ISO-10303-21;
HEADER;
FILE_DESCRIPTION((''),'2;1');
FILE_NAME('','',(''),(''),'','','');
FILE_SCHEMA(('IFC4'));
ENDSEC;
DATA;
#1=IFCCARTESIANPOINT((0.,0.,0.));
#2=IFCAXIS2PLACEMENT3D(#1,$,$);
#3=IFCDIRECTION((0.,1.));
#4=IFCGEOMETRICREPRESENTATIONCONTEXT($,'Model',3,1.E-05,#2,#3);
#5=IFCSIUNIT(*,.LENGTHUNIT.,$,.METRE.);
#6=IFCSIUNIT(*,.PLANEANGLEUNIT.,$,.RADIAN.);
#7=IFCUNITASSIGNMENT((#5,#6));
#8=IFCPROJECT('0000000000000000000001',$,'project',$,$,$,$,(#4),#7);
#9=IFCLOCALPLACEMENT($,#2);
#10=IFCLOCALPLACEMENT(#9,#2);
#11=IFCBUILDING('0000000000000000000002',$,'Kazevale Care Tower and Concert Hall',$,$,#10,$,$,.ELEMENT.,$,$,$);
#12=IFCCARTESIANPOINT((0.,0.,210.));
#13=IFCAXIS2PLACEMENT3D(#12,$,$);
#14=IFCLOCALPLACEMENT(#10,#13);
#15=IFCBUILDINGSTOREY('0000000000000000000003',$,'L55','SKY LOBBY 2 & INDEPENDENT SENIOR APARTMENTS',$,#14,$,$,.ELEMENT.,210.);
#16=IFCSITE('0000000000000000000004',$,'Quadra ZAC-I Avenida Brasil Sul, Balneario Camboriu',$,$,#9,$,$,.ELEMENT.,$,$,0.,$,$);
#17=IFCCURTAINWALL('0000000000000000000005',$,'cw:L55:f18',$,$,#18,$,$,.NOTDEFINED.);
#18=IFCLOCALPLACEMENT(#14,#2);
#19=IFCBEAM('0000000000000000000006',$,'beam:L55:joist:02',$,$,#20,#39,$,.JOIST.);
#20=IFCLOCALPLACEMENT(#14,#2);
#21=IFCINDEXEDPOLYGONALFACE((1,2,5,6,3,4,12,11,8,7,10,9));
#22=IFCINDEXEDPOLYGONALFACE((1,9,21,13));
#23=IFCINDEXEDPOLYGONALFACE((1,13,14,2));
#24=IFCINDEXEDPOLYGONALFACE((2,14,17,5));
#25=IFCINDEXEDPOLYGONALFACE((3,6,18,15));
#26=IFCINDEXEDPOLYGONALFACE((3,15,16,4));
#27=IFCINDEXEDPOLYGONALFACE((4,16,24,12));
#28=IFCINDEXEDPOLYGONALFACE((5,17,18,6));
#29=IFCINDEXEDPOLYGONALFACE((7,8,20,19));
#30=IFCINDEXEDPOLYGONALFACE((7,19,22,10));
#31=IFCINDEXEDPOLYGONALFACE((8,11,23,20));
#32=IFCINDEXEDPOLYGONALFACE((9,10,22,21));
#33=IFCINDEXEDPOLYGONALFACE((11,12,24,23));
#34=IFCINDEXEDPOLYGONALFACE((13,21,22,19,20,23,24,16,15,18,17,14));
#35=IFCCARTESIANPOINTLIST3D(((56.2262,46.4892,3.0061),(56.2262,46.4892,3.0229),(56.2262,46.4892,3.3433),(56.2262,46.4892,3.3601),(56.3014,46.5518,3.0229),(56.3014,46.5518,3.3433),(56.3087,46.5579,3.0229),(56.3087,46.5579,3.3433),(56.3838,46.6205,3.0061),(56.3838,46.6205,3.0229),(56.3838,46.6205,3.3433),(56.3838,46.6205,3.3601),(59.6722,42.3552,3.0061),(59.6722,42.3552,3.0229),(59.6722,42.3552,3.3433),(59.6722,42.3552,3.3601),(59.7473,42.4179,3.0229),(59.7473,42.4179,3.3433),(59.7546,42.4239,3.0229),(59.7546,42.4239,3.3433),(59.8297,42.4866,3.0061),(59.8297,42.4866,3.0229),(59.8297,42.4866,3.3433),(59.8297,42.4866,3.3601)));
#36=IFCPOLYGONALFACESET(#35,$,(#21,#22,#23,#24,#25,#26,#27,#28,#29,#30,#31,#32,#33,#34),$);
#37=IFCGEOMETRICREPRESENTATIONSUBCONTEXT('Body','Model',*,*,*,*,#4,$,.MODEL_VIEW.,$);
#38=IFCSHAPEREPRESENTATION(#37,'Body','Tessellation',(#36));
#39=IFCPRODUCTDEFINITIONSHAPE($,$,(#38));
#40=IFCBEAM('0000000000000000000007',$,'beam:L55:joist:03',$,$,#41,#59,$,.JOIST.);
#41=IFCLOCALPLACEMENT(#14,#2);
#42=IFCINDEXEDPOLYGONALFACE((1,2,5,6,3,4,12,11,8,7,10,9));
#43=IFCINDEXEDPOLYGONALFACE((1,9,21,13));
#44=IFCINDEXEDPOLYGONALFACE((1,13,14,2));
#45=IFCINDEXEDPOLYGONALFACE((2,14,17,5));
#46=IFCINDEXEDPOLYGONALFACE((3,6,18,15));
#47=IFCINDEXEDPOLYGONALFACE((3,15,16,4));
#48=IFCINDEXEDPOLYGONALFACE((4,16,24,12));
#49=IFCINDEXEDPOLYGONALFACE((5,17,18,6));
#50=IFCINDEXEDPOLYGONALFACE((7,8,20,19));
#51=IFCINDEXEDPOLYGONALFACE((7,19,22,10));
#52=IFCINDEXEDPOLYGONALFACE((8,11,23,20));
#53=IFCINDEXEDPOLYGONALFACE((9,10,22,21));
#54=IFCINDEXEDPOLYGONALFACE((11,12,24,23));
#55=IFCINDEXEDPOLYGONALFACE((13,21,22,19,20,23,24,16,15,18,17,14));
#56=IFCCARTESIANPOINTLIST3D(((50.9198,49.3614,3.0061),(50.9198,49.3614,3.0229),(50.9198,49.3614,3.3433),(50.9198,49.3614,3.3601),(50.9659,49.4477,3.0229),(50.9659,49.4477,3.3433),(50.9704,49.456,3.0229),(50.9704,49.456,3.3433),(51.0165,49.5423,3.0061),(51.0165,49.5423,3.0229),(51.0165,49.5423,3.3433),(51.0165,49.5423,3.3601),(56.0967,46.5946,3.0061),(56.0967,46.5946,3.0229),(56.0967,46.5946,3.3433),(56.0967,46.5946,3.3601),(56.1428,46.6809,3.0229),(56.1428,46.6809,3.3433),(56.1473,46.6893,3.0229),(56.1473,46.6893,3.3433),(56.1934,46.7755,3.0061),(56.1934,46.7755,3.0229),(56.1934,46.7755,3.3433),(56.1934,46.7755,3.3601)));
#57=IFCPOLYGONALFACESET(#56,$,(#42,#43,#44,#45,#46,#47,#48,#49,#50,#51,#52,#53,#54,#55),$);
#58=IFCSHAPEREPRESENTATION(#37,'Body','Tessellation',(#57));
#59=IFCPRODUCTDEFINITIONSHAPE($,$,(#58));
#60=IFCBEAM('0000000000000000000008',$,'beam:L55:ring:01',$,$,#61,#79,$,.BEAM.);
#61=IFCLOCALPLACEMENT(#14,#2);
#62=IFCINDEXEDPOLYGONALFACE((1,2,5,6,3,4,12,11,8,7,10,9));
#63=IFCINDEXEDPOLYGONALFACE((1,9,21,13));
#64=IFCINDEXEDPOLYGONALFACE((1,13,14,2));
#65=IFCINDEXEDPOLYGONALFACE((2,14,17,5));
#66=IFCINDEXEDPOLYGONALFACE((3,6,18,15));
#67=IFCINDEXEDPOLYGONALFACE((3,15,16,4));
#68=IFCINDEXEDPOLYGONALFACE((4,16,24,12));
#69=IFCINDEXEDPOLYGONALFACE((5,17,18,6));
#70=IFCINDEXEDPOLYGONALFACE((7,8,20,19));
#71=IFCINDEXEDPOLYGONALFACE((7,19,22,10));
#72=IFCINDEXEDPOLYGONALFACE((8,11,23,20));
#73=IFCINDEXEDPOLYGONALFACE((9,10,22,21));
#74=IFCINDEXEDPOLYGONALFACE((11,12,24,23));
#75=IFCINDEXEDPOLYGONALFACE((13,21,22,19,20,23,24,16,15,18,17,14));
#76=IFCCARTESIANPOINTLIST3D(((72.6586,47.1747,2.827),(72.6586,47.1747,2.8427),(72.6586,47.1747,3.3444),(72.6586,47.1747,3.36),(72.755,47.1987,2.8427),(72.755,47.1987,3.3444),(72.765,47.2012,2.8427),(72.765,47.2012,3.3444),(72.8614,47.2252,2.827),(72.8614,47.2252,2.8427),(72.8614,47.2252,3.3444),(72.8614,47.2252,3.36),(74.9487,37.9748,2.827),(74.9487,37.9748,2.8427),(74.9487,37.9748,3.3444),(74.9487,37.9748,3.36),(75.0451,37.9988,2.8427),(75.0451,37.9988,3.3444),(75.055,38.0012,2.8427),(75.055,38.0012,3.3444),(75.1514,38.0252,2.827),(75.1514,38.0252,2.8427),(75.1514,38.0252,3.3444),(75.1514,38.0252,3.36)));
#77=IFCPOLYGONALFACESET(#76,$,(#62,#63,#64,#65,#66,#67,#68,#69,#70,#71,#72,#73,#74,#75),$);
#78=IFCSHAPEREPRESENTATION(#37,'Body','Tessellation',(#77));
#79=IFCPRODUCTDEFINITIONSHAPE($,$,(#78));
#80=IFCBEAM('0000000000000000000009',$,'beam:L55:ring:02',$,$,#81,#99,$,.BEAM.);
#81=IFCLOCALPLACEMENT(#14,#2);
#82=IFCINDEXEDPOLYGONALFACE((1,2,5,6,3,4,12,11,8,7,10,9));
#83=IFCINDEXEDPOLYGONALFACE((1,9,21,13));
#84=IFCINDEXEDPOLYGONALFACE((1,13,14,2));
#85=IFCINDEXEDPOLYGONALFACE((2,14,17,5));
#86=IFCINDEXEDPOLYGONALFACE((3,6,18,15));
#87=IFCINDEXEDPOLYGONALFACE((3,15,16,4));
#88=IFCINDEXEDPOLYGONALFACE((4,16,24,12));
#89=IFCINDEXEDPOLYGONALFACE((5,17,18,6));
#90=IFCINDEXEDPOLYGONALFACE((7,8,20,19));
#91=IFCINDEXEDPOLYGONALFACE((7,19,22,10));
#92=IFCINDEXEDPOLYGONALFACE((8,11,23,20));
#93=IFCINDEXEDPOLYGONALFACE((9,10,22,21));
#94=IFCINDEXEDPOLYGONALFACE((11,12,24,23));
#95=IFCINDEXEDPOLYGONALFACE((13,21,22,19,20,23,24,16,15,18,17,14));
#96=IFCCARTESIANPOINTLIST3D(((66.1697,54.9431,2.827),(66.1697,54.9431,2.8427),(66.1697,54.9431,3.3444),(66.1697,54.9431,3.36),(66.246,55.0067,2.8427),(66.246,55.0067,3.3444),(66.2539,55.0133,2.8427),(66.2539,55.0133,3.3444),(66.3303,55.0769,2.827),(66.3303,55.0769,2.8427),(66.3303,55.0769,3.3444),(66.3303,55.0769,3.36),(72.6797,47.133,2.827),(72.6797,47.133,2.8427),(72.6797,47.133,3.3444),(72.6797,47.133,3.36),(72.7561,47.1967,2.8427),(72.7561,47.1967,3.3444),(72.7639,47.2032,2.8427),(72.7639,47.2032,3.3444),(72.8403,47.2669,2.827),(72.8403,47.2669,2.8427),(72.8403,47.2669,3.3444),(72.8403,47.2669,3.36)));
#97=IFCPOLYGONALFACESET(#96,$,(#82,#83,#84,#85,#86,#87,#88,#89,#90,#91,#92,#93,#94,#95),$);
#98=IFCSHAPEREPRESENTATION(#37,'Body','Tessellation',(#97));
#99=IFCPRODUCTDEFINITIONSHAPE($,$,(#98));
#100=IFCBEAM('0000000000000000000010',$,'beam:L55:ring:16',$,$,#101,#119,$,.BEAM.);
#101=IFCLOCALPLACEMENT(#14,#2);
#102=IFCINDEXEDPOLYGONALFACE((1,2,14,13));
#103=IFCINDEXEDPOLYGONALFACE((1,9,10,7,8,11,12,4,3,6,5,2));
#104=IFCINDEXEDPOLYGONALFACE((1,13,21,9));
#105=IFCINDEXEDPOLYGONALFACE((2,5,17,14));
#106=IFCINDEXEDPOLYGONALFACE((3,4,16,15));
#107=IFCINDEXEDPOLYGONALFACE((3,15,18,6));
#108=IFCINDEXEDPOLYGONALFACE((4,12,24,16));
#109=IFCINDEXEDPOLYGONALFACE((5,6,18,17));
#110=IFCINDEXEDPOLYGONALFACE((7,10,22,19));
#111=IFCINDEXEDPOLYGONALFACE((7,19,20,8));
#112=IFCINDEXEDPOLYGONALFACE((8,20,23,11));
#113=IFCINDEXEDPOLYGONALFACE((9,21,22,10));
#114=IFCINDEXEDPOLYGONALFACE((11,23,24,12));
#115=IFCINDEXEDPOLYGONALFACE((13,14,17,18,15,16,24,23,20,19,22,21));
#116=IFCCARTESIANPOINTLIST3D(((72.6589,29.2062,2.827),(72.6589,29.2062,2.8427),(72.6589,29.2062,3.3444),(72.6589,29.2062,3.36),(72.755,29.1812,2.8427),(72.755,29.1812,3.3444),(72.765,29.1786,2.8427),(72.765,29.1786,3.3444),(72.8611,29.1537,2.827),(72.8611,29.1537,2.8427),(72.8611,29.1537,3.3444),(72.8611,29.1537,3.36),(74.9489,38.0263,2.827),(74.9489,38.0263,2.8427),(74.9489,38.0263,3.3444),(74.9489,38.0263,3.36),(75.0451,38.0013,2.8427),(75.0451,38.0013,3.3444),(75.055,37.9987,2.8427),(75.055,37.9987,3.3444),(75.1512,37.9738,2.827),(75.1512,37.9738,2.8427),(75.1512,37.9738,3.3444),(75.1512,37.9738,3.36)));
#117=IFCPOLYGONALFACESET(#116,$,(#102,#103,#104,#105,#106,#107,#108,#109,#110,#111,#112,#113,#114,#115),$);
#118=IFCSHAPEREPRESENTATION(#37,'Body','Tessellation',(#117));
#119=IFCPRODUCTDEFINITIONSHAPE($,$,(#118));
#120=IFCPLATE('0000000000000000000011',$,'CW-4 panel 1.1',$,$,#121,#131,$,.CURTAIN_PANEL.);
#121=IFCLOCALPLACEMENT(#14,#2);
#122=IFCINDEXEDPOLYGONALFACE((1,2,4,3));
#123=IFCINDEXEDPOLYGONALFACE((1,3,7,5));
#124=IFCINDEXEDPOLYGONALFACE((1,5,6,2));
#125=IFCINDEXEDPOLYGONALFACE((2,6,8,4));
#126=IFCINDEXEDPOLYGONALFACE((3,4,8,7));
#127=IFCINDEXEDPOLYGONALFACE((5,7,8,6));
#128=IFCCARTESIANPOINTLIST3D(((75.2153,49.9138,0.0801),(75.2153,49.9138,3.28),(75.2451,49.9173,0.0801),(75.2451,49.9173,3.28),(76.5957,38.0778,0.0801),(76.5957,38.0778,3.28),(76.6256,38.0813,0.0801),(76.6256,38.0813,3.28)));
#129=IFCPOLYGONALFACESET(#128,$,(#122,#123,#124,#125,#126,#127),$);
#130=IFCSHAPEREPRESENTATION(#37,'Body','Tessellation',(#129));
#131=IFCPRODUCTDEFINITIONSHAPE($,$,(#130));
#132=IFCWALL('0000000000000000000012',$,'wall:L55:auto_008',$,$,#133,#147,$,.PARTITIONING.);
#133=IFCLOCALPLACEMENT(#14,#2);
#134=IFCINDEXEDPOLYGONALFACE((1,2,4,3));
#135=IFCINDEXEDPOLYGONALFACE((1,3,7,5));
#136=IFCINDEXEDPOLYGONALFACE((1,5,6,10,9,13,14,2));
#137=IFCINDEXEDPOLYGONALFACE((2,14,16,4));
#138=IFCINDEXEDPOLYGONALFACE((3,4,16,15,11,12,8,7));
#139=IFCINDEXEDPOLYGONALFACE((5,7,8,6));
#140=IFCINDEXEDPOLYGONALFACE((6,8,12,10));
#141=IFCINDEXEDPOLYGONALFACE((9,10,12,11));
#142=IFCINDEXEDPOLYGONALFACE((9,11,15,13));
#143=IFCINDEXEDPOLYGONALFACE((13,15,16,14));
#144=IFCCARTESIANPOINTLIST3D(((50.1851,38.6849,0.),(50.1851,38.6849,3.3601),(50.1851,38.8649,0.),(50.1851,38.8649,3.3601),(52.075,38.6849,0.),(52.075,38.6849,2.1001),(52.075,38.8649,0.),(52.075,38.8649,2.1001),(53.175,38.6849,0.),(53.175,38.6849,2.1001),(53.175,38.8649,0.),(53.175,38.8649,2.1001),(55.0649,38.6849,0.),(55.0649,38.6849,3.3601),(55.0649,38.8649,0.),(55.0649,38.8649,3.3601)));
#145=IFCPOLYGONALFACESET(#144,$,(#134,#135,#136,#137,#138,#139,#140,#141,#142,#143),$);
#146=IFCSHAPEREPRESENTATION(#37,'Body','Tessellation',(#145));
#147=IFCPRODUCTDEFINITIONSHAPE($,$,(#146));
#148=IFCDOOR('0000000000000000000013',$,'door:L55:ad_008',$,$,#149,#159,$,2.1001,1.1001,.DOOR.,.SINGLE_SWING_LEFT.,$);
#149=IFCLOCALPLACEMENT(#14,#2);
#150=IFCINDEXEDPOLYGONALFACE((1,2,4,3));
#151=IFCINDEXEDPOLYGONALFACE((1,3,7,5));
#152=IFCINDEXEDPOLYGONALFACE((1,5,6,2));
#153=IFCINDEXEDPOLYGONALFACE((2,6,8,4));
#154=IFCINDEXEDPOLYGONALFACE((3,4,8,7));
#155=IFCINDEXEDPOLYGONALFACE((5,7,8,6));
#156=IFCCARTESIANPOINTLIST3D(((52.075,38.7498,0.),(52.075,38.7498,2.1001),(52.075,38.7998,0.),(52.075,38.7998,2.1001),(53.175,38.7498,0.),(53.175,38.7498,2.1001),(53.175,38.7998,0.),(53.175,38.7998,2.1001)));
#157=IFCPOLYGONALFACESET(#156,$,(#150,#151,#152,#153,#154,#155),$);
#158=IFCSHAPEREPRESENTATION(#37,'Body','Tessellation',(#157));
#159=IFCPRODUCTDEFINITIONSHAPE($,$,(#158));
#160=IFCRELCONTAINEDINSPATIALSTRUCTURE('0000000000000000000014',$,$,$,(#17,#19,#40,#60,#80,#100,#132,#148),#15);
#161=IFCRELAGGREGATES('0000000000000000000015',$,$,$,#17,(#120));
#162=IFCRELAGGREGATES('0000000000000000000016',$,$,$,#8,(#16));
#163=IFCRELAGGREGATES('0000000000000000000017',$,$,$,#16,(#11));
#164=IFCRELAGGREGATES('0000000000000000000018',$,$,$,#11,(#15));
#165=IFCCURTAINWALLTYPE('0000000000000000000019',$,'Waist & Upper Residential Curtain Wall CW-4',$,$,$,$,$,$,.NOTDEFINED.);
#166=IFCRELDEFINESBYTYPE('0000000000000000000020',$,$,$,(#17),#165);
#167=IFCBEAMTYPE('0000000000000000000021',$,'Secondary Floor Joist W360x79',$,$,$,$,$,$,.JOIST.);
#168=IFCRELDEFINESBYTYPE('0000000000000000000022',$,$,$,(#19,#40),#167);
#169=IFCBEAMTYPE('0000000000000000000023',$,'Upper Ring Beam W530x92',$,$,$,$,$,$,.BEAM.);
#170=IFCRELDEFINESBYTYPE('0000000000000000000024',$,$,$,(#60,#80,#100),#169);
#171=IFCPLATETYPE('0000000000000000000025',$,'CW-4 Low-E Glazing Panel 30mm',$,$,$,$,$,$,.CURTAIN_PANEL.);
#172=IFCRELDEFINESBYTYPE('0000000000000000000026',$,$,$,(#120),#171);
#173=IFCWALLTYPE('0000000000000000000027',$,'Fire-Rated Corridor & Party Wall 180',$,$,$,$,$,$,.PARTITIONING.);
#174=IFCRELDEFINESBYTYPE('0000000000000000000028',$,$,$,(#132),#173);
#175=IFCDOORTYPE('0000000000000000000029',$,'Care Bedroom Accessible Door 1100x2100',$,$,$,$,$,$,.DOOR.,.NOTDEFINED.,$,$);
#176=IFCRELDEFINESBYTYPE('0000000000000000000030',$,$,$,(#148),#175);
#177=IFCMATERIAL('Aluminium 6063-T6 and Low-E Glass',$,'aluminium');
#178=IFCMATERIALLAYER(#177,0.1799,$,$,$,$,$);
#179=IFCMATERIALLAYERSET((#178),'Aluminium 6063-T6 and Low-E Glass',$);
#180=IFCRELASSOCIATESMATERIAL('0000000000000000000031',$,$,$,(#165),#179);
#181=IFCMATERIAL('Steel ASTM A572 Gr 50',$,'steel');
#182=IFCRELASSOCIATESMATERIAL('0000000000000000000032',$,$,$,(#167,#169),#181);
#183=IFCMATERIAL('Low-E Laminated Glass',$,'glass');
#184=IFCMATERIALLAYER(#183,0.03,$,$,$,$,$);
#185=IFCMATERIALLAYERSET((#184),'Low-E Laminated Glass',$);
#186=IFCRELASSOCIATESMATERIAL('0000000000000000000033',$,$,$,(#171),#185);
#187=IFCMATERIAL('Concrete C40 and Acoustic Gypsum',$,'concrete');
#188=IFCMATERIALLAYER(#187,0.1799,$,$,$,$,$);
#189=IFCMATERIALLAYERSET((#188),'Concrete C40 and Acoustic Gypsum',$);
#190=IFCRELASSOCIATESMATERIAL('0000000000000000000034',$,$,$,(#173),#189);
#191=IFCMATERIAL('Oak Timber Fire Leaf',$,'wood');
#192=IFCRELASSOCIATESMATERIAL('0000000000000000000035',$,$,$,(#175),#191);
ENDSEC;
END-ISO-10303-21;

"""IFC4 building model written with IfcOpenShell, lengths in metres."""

from ifc_helpers import new_model, si_unit, direction, frame, frame_2d, origin, origin_2d, place, context, subcontext, project, spatial, rectangle, i_section, extrude, material, layer, layer_set, material_profile, profile_set, type_object, element, fill, aggregate, save


model = new_model("IFC4")

# Units and contexts
model_context = context("Model", 3, precision=1e-05, world=origin(), true_north=direction((0.0, 1.0)))
body_context = subcontext(model_context, "Body", "Model", "MODEL_VIEW")
ifc_project = project(units=[si_unit("LENGTHUNIT", "METRE"), si_unit("PLANEANGLEUNIT", "RADIAN")], contexts=[model_context])

# Site, building, storey
site_placement = place(None, origin())
site = spatial("IfcSite", under=ifc_project, at=site_placement, Name="Quadra ZAC-I Avenida Brasil Sul, Balneario Camboriu", CompositionType="ELEMENT", RefElevation=0.0)
building_placement = place(site_placement, origin())
building = spatial("IfcBuilding", under=site, at=building_placement, Name="Kazevale Care Tower and Concert Hall", CompositionType="ELEMENT")
storey_placement = place(building_placement, frame((0.0, 0.0, 210.0)))
storey = spatial("IfcBuildingStorey", under=building, at=storey_placement, Name="L55", Description="SKY LOBBY 2 & INDEPENDENT SENIOR APARTMENTS", CompositionType="ELEMENT", Elevation=210.0)

# Curtain wall
ifc_material_1 = material(Name="Aluminium 6063-T6 and Low-E Glass", Category="aluminium")
ifc_layer_1 = layer(ifc_material_1, 0.1799)
ifc_layer_set_1 = layer_set([ifc_layer_1], Name="Aluminium 6063-T6 and Low-E Glass")
curtain_wall_type = type_object("IfcCurtainWallType", Name="Waist & Upper Residential Curtain Wall CW-4", PredefinedType="NOTDEFINED", material=ifc_layer_set_1)
curtain_wall_placement = place(storey_placement, origin())
curtain_wall = element("IfcCurtainWall", 1, at=curtain_wall_placement, inside=storey, type_object=curtain_wall_type, Name="cw:L55:f18", PredefinedType="NOTDEFINED")

# Beams
ifc_material_2 = material(Name="Steel ASTM A572 Gr 50", Category="steel")
ifc_material_profile_1 = material_profile(ifc_material_2, i_section(OverallWidth=0.2051, OverallDepth=0.354, WebThickness=0.0095, FlangeThickness=0.0168, at=origin_2d()), Name="W360x79")
ifc_profile_set_1 = profile_set([ifc_material_profile_1], Name="Steel ASTM A572 Gr 50")
beam_type_1 = type_object("IfcBeamType", Name="Secondary Floor Joist W360x79", PredefinedType="JOIST", material=ifc_profile_set_1)
beam_1_placement = place(storey_placement, frame((59.751, 42.4209, 3.1831), z_axis=(-0.640296, 0.768128, 0.0), x_axis=(-0.768128, -0.640296, 0.0)))
element("IfcBeam", 2, at=beam_1_placement, inside=storey, type_object=beam_type_1, Name="beam:L55:joist:02", PredefinedType="JOIST", context=body_context, shape_type="SweptSolid", body=[
    extrude(i_section(OverallWidth=0.2051, OverallDepth=0.354, WebThickness=0.0095, FlangeThickness=0.0168, at=origin_2d()), origin(), (0.0, 0.0, 1.0), 5.3818),
])
beam_2_placement = place(storey_placement, frame((56.145, 46.6851, 3.1831), z_axis=(-0.881944, 0.471354, 0.0), x_axis=(-0.471354, -0.881944, 0.0)))
element("IfcBeam", 3, at=beam_2_placement, inside=storey, type_object=beam_type_1, Name="beam:L55:joist:03", PredefinedType="JOIST", context=body_context, shape_type="SweptSolid", body=[
    extrude(i_section(OverallWidth=0.2051, OverallDepth=0.354, WebThickness=0.0095, FlangeThickness=0.0168, at=origin_2d()), origin(), (0.0, 0.0, 1.0), 5.8699),
])
ifc_material_profile_2 = material_profile(ifc_material_2, i_section(OverallWidth=0.209, OverallDepth=0.533, WebThickness=0.0103, FlangeThickness=0.0156, at=origin_2d()), Name="W530x92")
ifc_profile_set_2 = profile_set([ifc_material_profile_2], Name="Steel ASTM A572 Gr 50")
beam_type_2 = type_object("IfcBeamType", Name="Upper Ring Beam W530x92", PredefinedType="BEAM", material=ifc_profile_set_2)
beam_3_placement = place(storey_placement, frame((75.05, 38.0, 3.0935), z_axis=(-0.241548, 0.970389, 0.0), x_axis=(-0.970389, -0.241548, 0.0)))
element("IfcBeam", 4, at=beam_3_placement, inside=storey, type_object=beam_type_2, Name="beam:L55:ring:01", PredefinedType="BEAM", context=body_context, shape_type="SweptSolid", body=[
    extrude(i_section(OverallWidth=0.209, OverallDepth=0.533, WebThickness=0.0103, FlangeThickness=0.0156, at=origin_2d()), origin(), (0.0, 0.0, 1.0), 9.4807),
])
beam_4_placement = place(storey_placement, frame((72.76, 47.2, 3.0935), z_axis=(-0.640279, 0.768143, 0.0), x_axis=(-0.768143, -0.640279, 0.0)))
element("IfcBeam", 5, at=beam_4_placement, inside=storey, type_object=beam_type_2, Name="beam:L55:ring:02", PredefinedType="BEAM", context=body_context, shape_type="SweptSolid", body=[
    extrude(i_section(OverallWidth=0.209, OverallDepth=0.533, WebThickness=0.0103, FlangeThickness=0.0156, at=origin_2d()), origin(), (0.0, 0.0, 1.0), 10.1675),
])
beam_5_placement = place(storey_placement, frame((72.76, 29.1799, 3.0935), z_axis=(0.251307, 0.967907, 0.0), x_axis=(-0.967907, 0.251307, 0.0)))
element("IfcBeam", 6, at=beam_5_placement, inside=storey, type_object=beam_type_2, Name="beam:L55:ring:16", PredefinedType="BEAM", context=body_context, shape_type="SweptSolid", body=[
    extrude(i_section(OverallWidth=0.209, OverallDepth=0.533, WebThickness=0.0103, FlangeThickness=0.0156, at=origin_2d()), origin(), (0.0, 0.0, 1.0), 9.1125),
])

# Plate
ifc_material_3 = material(Name="Low-E Laminated Glass", Category="glass")
ifc_layer_2 = layer(ifc_material_3, 0.03)
ifc_layer_set_2 = layer_set([ifc_layer_2], Name="Low-E Laminated Glass")
plate_type = type_object("IfcPlateType", Name="CW-4 Low-E Glazing Panel 30mm", PredefinedType="CURTAIN_PANEL", material=ifc_layer_set_2)
plate_placement = place(storey_placement, frame((75.9204, 43.9976, 0.0801), z_axis=(0.0, 0.0, 1.0), x_axis=(0.115847, -0.993267, 0.0)))
plate = element("IfcPlate", 7, at=plate_placement, type_object=plate_type, Name="CW-4 panel 1.1", PredefinedType="CURTAIN_PANEL", context=body_context, shape_type="SweptSolid", body=[
    extrude(rectangle(XDim=11.9163, YDim=0.03, at=origin_2d()), origin(), (0.0, 0.0, 1.0), 3.2),
])
aggregate(curtain_wall, [plate])

# Wall, opening, door
ifc_material_4 = material(Name="Concrete C40 and Acoustic Gypsum", Category="concrete")
ifc_layer_3 = layer(ifc_material_4, 0.1799)
ifc_layer_set_3 = layer_set([ifc_layer_3], Name="Concrete C40 and Acoustic Gypsum")
wall_type_1 = type_object("IfcWallType", Name="Fire-Rated Corridor & Party Wall 180", PredefinedType="PARTITIONING", material=ifc_layer_set_3)
wall_1_placement = place(storey_placement, frame((50.1851, 38.7749, 0.0), z_axis=(0.0, 0.0, 1.0), x_axis=(1.0, 0.0, 0.0)))
wall_1 = element("IfcWall", 8, at=wall_1_placement, inside=storey, type_object=wall_type_1, Name="wall:L55:auto_008", PredefinedType="PARTITIONING", context=body_context, shape_type="SweptSolid", body=[
    extrude(rectangle(XDim=4.8799, YDim=0.1799, at=frame_2d((2.4399, 0.0))), origin(), (0.0, 0.0, 1.0), 3.3601),
])
opening_1_placement = place(wall_1_placement, frame((1.8899, 0.0, 0.0)))
opening_1 = element("IfcOpeningElement", 9, at=opening_1_placement, cuts=wall_1, PredefinedType="OPENING", context=body_context, shape_type="SweptSolid", body=[
    extrude(rectangle(XDim=1.1001, YDim=2.1001, at=frame_2d((0.55, 1.05))), frame((0.0, 0.0999, 0.0), z_axis=(0.0, -1.0, 0.0), x_axis=(1.0, 0.0, 0.0)), (0.0, 0.0, 1.0), 0.2),
])
ifc_material_5 = material(Name="Oak Timber Fire Leaf", Category="wood")
door_type = type_object("IfcDoorType", Name="Care Bedroom Accessible Door 1100x2100", OperationType="NOTDEFINED", PredefinedType="DOOR", material=ifc_material_5)
door_1_placement = place(opening_1_placement, origin())
door_1 = element("IfcDoor", 10, at=door_1_placement, inside=storey, type_object=door_type, Name="door:L55:ad_008", OperationType="SINGLE_SWING_LEFT", OverallHeight=2.1001, OverallWidth=1.1001, PredefinedType="DOOR", context=body_context, shape_type="SweptSolid", body=[
    extrude(rectangle(XDim=1.1001, YDim=2.1001, at=frame_2d((0.55, 1.05))), frame((0.0, 0.0249, 0.0), z_axis=(0.0, -1.0, 0.0), x_axis=(1.0, 0.0, 0.0)), (0.0, 0.0, 1.0), 0.05),
])
fill(opening_1, door_1)

save(model, "model.ifc")
